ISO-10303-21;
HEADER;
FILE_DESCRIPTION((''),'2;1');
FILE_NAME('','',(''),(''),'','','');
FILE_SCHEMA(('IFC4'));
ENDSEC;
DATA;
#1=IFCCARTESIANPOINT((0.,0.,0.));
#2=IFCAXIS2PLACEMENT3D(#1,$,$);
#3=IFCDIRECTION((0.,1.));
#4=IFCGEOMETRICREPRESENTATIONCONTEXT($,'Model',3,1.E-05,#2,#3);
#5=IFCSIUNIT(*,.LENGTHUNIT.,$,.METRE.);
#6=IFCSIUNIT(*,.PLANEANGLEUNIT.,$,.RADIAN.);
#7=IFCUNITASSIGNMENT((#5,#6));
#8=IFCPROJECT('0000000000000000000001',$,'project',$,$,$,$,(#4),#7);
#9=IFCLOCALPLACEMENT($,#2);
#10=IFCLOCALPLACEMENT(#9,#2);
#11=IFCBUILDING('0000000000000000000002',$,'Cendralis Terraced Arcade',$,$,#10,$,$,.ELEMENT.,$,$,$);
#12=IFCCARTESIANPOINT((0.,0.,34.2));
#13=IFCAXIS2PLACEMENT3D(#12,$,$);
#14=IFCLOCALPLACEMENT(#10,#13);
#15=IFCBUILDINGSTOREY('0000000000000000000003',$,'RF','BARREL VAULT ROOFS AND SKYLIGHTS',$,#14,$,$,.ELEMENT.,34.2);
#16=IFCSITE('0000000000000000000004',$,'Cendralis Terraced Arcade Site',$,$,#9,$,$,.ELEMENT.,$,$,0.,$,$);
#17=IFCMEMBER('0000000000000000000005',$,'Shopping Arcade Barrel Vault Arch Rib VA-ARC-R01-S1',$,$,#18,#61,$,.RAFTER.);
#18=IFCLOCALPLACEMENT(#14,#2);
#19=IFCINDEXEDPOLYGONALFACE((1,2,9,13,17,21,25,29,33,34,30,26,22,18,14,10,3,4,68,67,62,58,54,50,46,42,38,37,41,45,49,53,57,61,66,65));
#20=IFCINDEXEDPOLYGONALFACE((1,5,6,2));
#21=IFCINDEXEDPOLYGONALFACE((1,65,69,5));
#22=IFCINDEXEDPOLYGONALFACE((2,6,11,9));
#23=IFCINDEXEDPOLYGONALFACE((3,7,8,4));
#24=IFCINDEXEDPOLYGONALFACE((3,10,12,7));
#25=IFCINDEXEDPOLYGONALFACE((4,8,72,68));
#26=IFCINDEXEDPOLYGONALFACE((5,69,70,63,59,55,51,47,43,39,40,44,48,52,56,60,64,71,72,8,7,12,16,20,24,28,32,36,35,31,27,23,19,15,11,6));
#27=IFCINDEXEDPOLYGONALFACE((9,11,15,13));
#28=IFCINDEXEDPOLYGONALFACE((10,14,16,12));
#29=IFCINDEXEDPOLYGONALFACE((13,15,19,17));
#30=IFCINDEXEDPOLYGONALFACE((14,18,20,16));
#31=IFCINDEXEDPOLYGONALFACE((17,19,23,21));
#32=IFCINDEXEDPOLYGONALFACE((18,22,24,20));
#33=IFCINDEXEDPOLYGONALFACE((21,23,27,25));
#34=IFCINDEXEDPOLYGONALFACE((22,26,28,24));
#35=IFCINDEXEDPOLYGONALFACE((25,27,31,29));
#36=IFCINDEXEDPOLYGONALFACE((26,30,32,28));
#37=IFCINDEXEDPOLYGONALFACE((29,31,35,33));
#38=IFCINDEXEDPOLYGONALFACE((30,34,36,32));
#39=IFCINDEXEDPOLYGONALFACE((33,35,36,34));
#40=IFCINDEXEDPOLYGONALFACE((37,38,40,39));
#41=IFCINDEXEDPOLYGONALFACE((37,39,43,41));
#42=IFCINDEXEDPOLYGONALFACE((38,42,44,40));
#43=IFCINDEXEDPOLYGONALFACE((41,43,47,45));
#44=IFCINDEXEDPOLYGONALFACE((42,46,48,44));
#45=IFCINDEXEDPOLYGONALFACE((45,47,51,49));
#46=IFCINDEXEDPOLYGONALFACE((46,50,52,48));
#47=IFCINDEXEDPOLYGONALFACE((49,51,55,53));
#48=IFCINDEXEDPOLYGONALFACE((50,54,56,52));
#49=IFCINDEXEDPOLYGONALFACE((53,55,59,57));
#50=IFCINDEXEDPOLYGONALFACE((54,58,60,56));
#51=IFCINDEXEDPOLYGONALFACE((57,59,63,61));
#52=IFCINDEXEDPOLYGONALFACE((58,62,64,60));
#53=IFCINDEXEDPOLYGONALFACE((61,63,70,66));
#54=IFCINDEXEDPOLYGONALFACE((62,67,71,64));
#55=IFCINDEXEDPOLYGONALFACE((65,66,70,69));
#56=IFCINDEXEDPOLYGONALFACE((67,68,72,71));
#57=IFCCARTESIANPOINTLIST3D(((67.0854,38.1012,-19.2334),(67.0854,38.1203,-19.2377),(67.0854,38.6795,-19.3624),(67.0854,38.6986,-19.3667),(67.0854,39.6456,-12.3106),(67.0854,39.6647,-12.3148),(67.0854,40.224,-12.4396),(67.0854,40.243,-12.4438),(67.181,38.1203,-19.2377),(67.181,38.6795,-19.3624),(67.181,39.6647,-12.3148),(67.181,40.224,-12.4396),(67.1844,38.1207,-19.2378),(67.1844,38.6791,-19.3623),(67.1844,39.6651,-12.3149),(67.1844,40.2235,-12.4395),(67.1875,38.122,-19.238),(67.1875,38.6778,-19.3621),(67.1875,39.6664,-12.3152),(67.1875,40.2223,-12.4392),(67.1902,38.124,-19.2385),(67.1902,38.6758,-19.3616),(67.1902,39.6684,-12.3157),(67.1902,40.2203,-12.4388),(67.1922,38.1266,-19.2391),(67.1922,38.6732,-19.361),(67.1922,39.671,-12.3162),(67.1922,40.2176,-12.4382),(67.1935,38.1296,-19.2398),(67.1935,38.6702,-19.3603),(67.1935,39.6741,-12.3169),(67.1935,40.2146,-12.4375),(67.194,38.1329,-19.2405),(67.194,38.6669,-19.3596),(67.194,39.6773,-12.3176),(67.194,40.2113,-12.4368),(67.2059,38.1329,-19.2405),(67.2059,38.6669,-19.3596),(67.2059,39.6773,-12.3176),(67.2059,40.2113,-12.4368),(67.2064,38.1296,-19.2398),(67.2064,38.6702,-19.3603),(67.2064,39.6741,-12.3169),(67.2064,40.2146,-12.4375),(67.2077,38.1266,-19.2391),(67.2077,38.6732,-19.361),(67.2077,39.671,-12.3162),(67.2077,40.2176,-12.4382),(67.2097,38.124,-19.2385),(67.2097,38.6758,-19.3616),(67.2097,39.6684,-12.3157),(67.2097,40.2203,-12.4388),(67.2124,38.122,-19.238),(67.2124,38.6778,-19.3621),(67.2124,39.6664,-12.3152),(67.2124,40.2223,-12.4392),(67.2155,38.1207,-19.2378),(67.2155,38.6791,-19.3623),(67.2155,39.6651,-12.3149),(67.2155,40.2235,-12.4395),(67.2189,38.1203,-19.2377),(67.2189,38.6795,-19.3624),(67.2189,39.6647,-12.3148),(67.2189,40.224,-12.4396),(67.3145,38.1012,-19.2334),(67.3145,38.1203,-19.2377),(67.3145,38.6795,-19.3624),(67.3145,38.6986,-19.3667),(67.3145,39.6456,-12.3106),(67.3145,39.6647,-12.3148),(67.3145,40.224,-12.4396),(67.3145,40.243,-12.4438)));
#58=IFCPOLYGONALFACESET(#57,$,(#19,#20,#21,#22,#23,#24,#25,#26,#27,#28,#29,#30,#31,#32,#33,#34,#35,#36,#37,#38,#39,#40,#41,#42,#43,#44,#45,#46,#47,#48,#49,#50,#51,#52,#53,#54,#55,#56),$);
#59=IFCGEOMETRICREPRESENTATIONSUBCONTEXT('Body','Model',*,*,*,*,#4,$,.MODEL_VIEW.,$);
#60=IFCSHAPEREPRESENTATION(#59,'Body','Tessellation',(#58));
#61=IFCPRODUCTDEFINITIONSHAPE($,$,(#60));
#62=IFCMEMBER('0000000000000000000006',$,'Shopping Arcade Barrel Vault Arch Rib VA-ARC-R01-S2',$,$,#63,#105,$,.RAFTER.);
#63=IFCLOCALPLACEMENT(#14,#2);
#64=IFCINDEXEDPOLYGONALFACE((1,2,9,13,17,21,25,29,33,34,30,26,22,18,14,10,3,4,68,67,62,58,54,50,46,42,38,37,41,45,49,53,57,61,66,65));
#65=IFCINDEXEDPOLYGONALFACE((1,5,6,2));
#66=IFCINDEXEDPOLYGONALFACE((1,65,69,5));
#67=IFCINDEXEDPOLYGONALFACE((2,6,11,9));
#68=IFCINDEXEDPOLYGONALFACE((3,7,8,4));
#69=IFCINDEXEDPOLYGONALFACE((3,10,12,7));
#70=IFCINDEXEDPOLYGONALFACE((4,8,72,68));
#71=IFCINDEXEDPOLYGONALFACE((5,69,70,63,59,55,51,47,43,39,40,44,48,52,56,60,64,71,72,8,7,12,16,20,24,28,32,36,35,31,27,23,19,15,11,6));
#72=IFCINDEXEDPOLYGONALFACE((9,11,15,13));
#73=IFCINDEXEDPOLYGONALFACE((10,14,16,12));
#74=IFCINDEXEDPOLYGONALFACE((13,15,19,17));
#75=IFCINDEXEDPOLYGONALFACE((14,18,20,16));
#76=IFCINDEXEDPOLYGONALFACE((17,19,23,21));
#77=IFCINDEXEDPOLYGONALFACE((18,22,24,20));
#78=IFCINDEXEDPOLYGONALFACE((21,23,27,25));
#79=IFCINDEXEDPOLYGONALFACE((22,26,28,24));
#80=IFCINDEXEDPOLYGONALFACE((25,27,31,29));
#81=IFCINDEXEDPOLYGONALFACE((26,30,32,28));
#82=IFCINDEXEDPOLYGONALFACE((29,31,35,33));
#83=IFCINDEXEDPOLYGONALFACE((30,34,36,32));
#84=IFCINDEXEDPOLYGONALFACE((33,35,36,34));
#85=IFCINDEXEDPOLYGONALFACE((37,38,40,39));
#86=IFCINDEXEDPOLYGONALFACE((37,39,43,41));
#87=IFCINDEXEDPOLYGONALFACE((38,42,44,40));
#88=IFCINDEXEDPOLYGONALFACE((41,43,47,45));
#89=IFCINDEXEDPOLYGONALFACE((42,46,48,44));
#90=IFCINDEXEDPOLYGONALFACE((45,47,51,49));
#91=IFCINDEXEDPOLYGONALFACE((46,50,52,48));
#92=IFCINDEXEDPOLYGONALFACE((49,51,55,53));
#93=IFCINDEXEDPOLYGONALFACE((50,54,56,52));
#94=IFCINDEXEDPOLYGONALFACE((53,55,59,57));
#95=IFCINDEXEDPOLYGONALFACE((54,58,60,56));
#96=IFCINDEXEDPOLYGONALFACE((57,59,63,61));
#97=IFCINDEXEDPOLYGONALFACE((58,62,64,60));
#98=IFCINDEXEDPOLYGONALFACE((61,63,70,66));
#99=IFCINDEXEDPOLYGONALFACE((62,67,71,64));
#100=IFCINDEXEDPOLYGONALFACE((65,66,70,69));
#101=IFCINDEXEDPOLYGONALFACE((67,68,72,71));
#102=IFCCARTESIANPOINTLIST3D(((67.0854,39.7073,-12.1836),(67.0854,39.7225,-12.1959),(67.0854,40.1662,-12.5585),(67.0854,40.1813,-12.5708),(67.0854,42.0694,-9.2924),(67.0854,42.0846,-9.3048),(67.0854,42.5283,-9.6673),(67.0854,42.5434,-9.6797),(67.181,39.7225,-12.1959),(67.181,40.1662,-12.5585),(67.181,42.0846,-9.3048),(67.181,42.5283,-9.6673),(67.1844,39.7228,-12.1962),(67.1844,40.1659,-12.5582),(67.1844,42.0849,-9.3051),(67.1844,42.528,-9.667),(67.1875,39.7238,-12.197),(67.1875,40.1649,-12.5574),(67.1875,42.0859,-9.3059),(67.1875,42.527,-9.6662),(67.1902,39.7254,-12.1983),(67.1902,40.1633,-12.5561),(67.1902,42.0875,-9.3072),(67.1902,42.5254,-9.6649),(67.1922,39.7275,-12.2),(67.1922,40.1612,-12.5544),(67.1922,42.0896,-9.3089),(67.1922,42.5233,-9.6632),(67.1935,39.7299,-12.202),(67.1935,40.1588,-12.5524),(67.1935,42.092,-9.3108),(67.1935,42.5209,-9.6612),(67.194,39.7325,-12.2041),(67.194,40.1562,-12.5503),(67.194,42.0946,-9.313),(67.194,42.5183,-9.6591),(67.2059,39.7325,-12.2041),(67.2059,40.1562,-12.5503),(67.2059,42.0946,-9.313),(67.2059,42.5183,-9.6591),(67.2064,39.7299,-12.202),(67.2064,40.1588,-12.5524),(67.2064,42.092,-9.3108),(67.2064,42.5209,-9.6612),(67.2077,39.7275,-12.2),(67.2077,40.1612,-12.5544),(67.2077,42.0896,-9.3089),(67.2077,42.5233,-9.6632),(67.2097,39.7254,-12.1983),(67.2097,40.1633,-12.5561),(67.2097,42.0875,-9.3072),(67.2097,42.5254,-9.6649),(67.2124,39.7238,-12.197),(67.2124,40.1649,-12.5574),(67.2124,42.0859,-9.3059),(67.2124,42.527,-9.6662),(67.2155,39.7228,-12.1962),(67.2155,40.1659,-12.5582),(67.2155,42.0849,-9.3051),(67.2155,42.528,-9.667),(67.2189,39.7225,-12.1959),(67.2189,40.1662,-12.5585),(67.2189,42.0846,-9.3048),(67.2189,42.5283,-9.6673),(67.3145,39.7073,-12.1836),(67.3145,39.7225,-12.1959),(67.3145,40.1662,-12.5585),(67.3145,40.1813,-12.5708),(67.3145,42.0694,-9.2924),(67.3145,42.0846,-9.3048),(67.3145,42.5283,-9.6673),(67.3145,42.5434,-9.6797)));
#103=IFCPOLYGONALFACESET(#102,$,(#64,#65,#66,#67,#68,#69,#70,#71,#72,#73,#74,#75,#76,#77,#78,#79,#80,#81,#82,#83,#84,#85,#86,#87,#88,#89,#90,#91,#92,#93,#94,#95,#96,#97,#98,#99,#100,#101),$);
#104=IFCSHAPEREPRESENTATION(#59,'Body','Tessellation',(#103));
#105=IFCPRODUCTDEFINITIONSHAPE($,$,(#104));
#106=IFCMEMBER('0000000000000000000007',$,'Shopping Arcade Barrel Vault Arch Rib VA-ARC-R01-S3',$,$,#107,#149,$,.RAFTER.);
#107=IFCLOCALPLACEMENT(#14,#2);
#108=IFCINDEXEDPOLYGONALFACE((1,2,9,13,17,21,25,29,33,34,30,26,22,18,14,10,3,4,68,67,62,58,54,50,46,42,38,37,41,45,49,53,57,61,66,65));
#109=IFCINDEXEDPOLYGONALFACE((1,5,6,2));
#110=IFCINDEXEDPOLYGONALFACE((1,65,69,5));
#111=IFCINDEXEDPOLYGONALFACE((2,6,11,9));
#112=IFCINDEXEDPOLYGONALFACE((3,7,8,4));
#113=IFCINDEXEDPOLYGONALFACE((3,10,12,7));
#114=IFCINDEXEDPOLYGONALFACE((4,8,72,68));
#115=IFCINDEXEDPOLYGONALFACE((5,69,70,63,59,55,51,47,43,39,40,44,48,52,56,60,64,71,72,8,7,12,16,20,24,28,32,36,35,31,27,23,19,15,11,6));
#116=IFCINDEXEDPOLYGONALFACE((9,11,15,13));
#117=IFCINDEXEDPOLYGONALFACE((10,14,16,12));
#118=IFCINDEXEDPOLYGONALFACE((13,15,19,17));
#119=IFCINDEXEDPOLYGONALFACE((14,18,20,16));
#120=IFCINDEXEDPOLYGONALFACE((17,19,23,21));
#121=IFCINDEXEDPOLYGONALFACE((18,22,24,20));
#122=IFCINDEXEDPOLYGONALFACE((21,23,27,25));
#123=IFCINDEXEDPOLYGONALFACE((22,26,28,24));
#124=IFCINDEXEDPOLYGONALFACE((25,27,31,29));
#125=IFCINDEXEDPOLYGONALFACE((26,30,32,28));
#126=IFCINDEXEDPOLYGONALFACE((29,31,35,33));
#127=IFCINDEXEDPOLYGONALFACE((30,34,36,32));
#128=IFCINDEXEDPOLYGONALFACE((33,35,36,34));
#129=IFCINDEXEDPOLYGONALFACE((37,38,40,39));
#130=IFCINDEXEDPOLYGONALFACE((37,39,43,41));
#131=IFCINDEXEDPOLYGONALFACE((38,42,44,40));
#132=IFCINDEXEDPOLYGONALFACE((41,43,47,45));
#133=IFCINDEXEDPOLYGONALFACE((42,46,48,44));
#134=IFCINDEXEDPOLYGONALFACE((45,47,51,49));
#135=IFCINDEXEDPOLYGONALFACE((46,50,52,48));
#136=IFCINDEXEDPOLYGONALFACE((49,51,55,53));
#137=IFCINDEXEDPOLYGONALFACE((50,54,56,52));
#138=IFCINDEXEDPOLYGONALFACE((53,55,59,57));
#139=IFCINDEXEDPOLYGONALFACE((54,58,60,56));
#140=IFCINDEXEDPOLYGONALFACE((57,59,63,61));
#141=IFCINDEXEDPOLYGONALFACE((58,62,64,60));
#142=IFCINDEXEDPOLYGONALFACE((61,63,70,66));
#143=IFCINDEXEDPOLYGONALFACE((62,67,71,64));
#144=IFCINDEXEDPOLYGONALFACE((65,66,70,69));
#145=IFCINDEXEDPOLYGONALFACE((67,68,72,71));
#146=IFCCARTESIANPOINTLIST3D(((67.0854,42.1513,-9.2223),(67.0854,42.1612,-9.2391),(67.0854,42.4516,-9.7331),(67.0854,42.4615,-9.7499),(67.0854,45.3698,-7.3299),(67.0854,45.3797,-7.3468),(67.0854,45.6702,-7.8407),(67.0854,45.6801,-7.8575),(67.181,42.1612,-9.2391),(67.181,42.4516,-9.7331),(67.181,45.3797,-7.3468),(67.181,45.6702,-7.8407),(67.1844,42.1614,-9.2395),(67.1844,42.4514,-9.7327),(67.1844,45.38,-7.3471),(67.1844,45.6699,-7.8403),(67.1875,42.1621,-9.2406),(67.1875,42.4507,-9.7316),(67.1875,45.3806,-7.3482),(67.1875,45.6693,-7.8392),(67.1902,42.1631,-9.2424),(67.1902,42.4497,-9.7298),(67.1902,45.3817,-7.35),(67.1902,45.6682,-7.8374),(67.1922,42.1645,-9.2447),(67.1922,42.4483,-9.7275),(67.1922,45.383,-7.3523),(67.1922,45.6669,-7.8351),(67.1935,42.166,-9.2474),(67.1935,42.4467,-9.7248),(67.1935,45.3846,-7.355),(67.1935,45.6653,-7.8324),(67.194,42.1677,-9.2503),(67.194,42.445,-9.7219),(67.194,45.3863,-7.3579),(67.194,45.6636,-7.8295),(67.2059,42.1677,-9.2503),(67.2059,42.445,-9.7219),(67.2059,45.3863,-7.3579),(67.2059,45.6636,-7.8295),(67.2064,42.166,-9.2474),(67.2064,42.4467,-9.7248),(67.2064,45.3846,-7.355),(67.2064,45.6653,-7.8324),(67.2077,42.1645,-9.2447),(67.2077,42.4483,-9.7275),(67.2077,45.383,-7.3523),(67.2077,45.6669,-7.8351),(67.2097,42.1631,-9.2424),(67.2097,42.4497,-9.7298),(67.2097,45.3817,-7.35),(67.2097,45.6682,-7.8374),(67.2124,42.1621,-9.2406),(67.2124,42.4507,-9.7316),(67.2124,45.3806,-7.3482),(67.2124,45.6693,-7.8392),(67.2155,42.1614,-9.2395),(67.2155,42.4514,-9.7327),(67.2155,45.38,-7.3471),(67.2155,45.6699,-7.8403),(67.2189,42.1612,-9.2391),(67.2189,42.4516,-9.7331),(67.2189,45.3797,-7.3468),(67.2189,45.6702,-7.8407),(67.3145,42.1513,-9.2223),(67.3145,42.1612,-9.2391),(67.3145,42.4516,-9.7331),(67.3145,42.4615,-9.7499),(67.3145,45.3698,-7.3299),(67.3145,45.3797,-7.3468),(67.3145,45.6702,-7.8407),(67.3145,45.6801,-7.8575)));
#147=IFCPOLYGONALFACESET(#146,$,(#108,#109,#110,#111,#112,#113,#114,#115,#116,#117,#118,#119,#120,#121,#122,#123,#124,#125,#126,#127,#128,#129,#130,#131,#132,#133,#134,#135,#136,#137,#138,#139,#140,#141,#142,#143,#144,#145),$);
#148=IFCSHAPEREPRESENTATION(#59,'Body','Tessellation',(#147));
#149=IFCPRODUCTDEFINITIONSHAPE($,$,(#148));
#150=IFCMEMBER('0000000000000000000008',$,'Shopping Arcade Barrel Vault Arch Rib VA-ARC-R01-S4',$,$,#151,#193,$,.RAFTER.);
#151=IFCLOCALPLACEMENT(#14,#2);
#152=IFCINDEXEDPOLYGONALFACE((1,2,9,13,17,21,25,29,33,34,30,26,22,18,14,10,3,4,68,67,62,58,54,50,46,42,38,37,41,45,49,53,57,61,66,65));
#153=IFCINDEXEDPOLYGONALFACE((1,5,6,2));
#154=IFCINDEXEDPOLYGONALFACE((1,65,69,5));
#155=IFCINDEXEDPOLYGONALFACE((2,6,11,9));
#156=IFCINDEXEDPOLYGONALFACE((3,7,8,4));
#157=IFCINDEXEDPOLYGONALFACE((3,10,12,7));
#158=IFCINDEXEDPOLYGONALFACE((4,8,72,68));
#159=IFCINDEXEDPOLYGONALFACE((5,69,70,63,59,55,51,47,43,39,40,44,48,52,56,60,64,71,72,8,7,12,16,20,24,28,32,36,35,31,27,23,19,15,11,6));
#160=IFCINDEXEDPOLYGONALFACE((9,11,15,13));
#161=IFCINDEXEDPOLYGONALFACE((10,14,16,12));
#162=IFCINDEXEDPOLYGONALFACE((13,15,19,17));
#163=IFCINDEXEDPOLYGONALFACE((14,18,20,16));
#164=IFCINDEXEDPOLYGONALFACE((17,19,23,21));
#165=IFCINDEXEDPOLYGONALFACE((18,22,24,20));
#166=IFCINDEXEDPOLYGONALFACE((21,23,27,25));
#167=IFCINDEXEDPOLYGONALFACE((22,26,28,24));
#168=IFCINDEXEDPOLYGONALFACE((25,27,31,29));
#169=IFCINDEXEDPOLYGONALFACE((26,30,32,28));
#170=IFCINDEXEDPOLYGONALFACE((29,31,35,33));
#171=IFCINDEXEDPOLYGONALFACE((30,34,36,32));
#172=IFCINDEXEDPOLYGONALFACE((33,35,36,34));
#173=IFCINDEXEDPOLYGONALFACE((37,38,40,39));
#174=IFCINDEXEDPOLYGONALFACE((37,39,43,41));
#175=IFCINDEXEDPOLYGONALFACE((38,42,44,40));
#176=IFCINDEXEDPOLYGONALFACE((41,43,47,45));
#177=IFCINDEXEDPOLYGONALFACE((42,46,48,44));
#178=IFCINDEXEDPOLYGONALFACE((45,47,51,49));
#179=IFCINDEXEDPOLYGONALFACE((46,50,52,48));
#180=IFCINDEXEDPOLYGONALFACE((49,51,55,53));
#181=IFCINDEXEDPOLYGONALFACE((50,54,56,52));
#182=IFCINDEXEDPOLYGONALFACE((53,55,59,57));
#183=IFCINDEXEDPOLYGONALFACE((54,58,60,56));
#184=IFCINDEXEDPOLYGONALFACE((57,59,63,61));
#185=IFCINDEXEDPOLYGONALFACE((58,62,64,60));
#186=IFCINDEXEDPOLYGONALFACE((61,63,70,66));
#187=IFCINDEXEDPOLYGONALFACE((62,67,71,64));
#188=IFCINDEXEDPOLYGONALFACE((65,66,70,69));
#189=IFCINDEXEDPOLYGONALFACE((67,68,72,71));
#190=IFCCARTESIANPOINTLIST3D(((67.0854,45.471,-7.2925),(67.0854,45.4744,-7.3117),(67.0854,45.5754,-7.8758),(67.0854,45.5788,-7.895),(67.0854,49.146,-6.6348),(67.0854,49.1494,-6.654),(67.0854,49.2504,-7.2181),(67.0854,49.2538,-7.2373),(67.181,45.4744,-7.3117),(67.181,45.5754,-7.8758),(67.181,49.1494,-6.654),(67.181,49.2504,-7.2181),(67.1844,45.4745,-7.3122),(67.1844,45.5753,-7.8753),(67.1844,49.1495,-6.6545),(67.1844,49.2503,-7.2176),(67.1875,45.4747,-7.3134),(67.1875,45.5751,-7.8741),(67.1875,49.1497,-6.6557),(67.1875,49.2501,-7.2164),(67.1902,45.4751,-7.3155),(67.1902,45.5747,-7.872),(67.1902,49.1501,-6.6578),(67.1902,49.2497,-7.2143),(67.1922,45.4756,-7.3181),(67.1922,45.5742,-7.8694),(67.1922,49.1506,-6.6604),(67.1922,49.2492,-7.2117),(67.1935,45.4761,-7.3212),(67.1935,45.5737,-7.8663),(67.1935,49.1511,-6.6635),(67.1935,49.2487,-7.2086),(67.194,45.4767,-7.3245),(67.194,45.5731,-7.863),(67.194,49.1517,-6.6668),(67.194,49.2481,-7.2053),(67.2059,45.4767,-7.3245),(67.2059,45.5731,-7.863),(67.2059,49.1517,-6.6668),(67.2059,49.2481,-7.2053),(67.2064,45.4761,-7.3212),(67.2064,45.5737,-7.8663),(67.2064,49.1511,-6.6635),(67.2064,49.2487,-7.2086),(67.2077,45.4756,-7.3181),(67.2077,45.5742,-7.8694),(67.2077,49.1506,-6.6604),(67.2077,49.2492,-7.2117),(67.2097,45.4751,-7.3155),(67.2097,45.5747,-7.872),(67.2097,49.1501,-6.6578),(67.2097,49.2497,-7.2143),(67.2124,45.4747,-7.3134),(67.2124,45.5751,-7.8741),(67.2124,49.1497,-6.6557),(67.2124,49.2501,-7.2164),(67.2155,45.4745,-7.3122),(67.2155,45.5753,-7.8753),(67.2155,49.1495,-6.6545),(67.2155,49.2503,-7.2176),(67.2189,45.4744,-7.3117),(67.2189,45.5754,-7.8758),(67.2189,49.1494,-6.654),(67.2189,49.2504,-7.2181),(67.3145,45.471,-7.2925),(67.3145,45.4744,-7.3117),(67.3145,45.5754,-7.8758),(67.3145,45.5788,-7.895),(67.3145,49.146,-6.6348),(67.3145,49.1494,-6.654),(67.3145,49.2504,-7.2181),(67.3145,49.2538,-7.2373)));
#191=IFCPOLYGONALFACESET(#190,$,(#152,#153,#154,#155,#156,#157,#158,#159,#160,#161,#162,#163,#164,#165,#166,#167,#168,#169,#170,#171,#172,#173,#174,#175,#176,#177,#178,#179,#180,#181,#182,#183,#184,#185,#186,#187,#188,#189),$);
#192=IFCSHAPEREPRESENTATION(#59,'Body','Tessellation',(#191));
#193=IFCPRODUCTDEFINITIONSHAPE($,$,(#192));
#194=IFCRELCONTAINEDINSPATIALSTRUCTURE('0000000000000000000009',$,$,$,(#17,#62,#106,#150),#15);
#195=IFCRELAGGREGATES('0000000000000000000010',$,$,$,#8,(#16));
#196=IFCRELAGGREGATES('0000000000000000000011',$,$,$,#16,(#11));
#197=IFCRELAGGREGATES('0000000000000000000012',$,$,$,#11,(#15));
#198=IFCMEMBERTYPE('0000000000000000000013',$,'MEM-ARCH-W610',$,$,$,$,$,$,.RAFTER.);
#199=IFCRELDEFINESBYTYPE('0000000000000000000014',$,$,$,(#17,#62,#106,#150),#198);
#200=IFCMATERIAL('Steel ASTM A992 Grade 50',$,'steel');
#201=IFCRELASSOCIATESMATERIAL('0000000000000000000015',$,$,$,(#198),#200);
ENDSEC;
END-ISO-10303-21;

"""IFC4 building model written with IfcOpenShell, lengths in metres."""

from ifc_helpers import new_model, si_unit, direction, frame, origin, origin_2d, place, context, subcontext, project, spatial, i_section, extrude, material, material_profile, profile_set, type_object, element, save


model = new_model("IFC4")

# Units and contexts
model_context = context("Model", 3, precision=1e-05, world=origin(), true_north=direction((0.0, 1.0)))
body_context = subcontext(model_context, "Body", "Model", "MODEL_VIEW")
ifc_project = project(units=[si_unit("LENGTHUNIT", "METRE"), si_unit("PLANEANGLEUNIT", "RADIAN")], contexts=[model_context])

# Site, building, storey
site_placement = place(None, origin())
site = spatial("IfcSite", under=ifc_project, at=site_placement, Name="Cendralis Terraced Arcade Site", CompositionType="ELEMENT", RefElevation=0.0)
building_placement = place(site_placement, origin())
building = spatial("IfcBuilding", under=site, at=building_placement, Name="Cendralis Terraced Arcade", CompositionType="ELEMENT")
storey_placement = place(building_placement, frame((0.0, 0.0, 34.2)))
storey = spatial("IfcBuildingStorey", under=building, at=storey_placement, Name="RF", Description="BARREL VAULT ROOFS AND SKYLIGHTS", CompositionType="ELEMENT", Elevation=34.2)

# Members
ifc_material_1 = material(Name="Steel ASTM A992 Grade 50", Category="steel")
ifc_material_profile_1 = material_profile(ifc_material_1, i_section(OverallWidth=0.229, OverallDepth=0.6121, WebThickness=0.012, FlangeThickness=0.0195, FilletRadius=0.0129, at=origin_2d()), Name="W610X125", Category="LoadBearing")
ifc_profile_set_1 = profile_set([ifc_material_profile_1], Name="Steel ASTM A992 Grade 50")
member_type_1 = type_object("IfcMemberType", Name="MEM-ARCH-W610", PredefinedType="RAFTER", material=ifc_profile_set_1)
member_1_placement = place(storey_placement, frame((67.2, 38.3999, -19.3), z_axis=(0.0, 0.217739, 0.976007), x_axis=(-1.0, 0.0, 0.0)))
element("IfcMember", 1, at=member_1_placement, inside=storey, type_object=member_type_1, Name="Shopping Arcade Barrel Vault Arch Rib VA-ARC-R01-S1", PredefinedType="RAFTER", context=body_context, shape_type="SweptSolid", body=[
    extrude(i_section(OverallWidth=0.229, OverallDepth=0.6121, WebThickness=0.012, FlangeThickness=0.0195, FilletRadius=0.0129, at=origin_2d()), origin(), (0.0, 0.0, 1.0), 7.093),
])
member_2_placement = place(storey_placement, frame((67.2, 39.9443, -12.3772), z_axis=(0.0, 0.632693, 0.774403), x_axis=(-1.0, 0.0, 0.0)))
element("IfcMember", 2, at=member_2_placement, inside=storey, type_object=member_type_1, Name="Shopping Arcade Barrel Vault Arch Rib VA-ARC-R01-S2", PredefinedType="RAFTER", context=body_context, shape_type="SweptSolid", body=[
    extrude(i_section(OverallWidth=0.229, OverallDepth=0.6121, WebThickness=0.012, FlangeThickness=0.0195, FilletRadius=0.0129, at=origin_2d()), origin(), (0.0, 0.0, 1.0), 3.7334),
])
member_3_placement = place(storey_placement, frame((67.2, 42.3064, -9.4861), z_axis=(0.0, 0.86204, 0.50684), x_axis=(-1.0, 0.0, 0.0)))
element("IfcMember", 3, at=member_3_placement, inside=storey, type_object=member_type_1, Name="Shopping Arcade Barrel Vault Arch Rib VA-ARC-R01-S3", PredefinedType="RAFTER", context=body_context, shape_type="SweptSolid", body=[
    extrude(i_section(OverallWidth=0.229, OverallDepth=0.6121, WebThickness=0.012, FlangeThickness=0.0195, FilletRadius=0.0129, at=origin_2d()), origin(), (0.0, 0.0, 1.0), 3.7336),
])
for number, where, z_axis, x_axis, name in (
    (4, (67.2, 45.5249, -7.5938), (0.0, 0.98436, 0.176169), (-1.0, 0.0, 0.0), "Shopping Arcade Barrel Vault Arch Rib VA-ARC-R01-S4"),
):
    element("IfcMember", number, at=place(storey_placement, frame(where, z_axis=z_axis, x_axis=x_axis)), inside=storey, type_object=member_type_1, Name=name, PredefinedType="RAFTER", context=body_context, shape_type="SweptSolid", body=[
        extrude(i_section(OverallWidth=0.229, OverallDepth=0.6121, WebThickness=0.012, FlangeThickness=0.0195, FilletRadius=0.0129, at=origin_2d()), origin(), (0.0, 0.0, 1.0), 3.7334),
    ])

save(model, "model.ifc")
